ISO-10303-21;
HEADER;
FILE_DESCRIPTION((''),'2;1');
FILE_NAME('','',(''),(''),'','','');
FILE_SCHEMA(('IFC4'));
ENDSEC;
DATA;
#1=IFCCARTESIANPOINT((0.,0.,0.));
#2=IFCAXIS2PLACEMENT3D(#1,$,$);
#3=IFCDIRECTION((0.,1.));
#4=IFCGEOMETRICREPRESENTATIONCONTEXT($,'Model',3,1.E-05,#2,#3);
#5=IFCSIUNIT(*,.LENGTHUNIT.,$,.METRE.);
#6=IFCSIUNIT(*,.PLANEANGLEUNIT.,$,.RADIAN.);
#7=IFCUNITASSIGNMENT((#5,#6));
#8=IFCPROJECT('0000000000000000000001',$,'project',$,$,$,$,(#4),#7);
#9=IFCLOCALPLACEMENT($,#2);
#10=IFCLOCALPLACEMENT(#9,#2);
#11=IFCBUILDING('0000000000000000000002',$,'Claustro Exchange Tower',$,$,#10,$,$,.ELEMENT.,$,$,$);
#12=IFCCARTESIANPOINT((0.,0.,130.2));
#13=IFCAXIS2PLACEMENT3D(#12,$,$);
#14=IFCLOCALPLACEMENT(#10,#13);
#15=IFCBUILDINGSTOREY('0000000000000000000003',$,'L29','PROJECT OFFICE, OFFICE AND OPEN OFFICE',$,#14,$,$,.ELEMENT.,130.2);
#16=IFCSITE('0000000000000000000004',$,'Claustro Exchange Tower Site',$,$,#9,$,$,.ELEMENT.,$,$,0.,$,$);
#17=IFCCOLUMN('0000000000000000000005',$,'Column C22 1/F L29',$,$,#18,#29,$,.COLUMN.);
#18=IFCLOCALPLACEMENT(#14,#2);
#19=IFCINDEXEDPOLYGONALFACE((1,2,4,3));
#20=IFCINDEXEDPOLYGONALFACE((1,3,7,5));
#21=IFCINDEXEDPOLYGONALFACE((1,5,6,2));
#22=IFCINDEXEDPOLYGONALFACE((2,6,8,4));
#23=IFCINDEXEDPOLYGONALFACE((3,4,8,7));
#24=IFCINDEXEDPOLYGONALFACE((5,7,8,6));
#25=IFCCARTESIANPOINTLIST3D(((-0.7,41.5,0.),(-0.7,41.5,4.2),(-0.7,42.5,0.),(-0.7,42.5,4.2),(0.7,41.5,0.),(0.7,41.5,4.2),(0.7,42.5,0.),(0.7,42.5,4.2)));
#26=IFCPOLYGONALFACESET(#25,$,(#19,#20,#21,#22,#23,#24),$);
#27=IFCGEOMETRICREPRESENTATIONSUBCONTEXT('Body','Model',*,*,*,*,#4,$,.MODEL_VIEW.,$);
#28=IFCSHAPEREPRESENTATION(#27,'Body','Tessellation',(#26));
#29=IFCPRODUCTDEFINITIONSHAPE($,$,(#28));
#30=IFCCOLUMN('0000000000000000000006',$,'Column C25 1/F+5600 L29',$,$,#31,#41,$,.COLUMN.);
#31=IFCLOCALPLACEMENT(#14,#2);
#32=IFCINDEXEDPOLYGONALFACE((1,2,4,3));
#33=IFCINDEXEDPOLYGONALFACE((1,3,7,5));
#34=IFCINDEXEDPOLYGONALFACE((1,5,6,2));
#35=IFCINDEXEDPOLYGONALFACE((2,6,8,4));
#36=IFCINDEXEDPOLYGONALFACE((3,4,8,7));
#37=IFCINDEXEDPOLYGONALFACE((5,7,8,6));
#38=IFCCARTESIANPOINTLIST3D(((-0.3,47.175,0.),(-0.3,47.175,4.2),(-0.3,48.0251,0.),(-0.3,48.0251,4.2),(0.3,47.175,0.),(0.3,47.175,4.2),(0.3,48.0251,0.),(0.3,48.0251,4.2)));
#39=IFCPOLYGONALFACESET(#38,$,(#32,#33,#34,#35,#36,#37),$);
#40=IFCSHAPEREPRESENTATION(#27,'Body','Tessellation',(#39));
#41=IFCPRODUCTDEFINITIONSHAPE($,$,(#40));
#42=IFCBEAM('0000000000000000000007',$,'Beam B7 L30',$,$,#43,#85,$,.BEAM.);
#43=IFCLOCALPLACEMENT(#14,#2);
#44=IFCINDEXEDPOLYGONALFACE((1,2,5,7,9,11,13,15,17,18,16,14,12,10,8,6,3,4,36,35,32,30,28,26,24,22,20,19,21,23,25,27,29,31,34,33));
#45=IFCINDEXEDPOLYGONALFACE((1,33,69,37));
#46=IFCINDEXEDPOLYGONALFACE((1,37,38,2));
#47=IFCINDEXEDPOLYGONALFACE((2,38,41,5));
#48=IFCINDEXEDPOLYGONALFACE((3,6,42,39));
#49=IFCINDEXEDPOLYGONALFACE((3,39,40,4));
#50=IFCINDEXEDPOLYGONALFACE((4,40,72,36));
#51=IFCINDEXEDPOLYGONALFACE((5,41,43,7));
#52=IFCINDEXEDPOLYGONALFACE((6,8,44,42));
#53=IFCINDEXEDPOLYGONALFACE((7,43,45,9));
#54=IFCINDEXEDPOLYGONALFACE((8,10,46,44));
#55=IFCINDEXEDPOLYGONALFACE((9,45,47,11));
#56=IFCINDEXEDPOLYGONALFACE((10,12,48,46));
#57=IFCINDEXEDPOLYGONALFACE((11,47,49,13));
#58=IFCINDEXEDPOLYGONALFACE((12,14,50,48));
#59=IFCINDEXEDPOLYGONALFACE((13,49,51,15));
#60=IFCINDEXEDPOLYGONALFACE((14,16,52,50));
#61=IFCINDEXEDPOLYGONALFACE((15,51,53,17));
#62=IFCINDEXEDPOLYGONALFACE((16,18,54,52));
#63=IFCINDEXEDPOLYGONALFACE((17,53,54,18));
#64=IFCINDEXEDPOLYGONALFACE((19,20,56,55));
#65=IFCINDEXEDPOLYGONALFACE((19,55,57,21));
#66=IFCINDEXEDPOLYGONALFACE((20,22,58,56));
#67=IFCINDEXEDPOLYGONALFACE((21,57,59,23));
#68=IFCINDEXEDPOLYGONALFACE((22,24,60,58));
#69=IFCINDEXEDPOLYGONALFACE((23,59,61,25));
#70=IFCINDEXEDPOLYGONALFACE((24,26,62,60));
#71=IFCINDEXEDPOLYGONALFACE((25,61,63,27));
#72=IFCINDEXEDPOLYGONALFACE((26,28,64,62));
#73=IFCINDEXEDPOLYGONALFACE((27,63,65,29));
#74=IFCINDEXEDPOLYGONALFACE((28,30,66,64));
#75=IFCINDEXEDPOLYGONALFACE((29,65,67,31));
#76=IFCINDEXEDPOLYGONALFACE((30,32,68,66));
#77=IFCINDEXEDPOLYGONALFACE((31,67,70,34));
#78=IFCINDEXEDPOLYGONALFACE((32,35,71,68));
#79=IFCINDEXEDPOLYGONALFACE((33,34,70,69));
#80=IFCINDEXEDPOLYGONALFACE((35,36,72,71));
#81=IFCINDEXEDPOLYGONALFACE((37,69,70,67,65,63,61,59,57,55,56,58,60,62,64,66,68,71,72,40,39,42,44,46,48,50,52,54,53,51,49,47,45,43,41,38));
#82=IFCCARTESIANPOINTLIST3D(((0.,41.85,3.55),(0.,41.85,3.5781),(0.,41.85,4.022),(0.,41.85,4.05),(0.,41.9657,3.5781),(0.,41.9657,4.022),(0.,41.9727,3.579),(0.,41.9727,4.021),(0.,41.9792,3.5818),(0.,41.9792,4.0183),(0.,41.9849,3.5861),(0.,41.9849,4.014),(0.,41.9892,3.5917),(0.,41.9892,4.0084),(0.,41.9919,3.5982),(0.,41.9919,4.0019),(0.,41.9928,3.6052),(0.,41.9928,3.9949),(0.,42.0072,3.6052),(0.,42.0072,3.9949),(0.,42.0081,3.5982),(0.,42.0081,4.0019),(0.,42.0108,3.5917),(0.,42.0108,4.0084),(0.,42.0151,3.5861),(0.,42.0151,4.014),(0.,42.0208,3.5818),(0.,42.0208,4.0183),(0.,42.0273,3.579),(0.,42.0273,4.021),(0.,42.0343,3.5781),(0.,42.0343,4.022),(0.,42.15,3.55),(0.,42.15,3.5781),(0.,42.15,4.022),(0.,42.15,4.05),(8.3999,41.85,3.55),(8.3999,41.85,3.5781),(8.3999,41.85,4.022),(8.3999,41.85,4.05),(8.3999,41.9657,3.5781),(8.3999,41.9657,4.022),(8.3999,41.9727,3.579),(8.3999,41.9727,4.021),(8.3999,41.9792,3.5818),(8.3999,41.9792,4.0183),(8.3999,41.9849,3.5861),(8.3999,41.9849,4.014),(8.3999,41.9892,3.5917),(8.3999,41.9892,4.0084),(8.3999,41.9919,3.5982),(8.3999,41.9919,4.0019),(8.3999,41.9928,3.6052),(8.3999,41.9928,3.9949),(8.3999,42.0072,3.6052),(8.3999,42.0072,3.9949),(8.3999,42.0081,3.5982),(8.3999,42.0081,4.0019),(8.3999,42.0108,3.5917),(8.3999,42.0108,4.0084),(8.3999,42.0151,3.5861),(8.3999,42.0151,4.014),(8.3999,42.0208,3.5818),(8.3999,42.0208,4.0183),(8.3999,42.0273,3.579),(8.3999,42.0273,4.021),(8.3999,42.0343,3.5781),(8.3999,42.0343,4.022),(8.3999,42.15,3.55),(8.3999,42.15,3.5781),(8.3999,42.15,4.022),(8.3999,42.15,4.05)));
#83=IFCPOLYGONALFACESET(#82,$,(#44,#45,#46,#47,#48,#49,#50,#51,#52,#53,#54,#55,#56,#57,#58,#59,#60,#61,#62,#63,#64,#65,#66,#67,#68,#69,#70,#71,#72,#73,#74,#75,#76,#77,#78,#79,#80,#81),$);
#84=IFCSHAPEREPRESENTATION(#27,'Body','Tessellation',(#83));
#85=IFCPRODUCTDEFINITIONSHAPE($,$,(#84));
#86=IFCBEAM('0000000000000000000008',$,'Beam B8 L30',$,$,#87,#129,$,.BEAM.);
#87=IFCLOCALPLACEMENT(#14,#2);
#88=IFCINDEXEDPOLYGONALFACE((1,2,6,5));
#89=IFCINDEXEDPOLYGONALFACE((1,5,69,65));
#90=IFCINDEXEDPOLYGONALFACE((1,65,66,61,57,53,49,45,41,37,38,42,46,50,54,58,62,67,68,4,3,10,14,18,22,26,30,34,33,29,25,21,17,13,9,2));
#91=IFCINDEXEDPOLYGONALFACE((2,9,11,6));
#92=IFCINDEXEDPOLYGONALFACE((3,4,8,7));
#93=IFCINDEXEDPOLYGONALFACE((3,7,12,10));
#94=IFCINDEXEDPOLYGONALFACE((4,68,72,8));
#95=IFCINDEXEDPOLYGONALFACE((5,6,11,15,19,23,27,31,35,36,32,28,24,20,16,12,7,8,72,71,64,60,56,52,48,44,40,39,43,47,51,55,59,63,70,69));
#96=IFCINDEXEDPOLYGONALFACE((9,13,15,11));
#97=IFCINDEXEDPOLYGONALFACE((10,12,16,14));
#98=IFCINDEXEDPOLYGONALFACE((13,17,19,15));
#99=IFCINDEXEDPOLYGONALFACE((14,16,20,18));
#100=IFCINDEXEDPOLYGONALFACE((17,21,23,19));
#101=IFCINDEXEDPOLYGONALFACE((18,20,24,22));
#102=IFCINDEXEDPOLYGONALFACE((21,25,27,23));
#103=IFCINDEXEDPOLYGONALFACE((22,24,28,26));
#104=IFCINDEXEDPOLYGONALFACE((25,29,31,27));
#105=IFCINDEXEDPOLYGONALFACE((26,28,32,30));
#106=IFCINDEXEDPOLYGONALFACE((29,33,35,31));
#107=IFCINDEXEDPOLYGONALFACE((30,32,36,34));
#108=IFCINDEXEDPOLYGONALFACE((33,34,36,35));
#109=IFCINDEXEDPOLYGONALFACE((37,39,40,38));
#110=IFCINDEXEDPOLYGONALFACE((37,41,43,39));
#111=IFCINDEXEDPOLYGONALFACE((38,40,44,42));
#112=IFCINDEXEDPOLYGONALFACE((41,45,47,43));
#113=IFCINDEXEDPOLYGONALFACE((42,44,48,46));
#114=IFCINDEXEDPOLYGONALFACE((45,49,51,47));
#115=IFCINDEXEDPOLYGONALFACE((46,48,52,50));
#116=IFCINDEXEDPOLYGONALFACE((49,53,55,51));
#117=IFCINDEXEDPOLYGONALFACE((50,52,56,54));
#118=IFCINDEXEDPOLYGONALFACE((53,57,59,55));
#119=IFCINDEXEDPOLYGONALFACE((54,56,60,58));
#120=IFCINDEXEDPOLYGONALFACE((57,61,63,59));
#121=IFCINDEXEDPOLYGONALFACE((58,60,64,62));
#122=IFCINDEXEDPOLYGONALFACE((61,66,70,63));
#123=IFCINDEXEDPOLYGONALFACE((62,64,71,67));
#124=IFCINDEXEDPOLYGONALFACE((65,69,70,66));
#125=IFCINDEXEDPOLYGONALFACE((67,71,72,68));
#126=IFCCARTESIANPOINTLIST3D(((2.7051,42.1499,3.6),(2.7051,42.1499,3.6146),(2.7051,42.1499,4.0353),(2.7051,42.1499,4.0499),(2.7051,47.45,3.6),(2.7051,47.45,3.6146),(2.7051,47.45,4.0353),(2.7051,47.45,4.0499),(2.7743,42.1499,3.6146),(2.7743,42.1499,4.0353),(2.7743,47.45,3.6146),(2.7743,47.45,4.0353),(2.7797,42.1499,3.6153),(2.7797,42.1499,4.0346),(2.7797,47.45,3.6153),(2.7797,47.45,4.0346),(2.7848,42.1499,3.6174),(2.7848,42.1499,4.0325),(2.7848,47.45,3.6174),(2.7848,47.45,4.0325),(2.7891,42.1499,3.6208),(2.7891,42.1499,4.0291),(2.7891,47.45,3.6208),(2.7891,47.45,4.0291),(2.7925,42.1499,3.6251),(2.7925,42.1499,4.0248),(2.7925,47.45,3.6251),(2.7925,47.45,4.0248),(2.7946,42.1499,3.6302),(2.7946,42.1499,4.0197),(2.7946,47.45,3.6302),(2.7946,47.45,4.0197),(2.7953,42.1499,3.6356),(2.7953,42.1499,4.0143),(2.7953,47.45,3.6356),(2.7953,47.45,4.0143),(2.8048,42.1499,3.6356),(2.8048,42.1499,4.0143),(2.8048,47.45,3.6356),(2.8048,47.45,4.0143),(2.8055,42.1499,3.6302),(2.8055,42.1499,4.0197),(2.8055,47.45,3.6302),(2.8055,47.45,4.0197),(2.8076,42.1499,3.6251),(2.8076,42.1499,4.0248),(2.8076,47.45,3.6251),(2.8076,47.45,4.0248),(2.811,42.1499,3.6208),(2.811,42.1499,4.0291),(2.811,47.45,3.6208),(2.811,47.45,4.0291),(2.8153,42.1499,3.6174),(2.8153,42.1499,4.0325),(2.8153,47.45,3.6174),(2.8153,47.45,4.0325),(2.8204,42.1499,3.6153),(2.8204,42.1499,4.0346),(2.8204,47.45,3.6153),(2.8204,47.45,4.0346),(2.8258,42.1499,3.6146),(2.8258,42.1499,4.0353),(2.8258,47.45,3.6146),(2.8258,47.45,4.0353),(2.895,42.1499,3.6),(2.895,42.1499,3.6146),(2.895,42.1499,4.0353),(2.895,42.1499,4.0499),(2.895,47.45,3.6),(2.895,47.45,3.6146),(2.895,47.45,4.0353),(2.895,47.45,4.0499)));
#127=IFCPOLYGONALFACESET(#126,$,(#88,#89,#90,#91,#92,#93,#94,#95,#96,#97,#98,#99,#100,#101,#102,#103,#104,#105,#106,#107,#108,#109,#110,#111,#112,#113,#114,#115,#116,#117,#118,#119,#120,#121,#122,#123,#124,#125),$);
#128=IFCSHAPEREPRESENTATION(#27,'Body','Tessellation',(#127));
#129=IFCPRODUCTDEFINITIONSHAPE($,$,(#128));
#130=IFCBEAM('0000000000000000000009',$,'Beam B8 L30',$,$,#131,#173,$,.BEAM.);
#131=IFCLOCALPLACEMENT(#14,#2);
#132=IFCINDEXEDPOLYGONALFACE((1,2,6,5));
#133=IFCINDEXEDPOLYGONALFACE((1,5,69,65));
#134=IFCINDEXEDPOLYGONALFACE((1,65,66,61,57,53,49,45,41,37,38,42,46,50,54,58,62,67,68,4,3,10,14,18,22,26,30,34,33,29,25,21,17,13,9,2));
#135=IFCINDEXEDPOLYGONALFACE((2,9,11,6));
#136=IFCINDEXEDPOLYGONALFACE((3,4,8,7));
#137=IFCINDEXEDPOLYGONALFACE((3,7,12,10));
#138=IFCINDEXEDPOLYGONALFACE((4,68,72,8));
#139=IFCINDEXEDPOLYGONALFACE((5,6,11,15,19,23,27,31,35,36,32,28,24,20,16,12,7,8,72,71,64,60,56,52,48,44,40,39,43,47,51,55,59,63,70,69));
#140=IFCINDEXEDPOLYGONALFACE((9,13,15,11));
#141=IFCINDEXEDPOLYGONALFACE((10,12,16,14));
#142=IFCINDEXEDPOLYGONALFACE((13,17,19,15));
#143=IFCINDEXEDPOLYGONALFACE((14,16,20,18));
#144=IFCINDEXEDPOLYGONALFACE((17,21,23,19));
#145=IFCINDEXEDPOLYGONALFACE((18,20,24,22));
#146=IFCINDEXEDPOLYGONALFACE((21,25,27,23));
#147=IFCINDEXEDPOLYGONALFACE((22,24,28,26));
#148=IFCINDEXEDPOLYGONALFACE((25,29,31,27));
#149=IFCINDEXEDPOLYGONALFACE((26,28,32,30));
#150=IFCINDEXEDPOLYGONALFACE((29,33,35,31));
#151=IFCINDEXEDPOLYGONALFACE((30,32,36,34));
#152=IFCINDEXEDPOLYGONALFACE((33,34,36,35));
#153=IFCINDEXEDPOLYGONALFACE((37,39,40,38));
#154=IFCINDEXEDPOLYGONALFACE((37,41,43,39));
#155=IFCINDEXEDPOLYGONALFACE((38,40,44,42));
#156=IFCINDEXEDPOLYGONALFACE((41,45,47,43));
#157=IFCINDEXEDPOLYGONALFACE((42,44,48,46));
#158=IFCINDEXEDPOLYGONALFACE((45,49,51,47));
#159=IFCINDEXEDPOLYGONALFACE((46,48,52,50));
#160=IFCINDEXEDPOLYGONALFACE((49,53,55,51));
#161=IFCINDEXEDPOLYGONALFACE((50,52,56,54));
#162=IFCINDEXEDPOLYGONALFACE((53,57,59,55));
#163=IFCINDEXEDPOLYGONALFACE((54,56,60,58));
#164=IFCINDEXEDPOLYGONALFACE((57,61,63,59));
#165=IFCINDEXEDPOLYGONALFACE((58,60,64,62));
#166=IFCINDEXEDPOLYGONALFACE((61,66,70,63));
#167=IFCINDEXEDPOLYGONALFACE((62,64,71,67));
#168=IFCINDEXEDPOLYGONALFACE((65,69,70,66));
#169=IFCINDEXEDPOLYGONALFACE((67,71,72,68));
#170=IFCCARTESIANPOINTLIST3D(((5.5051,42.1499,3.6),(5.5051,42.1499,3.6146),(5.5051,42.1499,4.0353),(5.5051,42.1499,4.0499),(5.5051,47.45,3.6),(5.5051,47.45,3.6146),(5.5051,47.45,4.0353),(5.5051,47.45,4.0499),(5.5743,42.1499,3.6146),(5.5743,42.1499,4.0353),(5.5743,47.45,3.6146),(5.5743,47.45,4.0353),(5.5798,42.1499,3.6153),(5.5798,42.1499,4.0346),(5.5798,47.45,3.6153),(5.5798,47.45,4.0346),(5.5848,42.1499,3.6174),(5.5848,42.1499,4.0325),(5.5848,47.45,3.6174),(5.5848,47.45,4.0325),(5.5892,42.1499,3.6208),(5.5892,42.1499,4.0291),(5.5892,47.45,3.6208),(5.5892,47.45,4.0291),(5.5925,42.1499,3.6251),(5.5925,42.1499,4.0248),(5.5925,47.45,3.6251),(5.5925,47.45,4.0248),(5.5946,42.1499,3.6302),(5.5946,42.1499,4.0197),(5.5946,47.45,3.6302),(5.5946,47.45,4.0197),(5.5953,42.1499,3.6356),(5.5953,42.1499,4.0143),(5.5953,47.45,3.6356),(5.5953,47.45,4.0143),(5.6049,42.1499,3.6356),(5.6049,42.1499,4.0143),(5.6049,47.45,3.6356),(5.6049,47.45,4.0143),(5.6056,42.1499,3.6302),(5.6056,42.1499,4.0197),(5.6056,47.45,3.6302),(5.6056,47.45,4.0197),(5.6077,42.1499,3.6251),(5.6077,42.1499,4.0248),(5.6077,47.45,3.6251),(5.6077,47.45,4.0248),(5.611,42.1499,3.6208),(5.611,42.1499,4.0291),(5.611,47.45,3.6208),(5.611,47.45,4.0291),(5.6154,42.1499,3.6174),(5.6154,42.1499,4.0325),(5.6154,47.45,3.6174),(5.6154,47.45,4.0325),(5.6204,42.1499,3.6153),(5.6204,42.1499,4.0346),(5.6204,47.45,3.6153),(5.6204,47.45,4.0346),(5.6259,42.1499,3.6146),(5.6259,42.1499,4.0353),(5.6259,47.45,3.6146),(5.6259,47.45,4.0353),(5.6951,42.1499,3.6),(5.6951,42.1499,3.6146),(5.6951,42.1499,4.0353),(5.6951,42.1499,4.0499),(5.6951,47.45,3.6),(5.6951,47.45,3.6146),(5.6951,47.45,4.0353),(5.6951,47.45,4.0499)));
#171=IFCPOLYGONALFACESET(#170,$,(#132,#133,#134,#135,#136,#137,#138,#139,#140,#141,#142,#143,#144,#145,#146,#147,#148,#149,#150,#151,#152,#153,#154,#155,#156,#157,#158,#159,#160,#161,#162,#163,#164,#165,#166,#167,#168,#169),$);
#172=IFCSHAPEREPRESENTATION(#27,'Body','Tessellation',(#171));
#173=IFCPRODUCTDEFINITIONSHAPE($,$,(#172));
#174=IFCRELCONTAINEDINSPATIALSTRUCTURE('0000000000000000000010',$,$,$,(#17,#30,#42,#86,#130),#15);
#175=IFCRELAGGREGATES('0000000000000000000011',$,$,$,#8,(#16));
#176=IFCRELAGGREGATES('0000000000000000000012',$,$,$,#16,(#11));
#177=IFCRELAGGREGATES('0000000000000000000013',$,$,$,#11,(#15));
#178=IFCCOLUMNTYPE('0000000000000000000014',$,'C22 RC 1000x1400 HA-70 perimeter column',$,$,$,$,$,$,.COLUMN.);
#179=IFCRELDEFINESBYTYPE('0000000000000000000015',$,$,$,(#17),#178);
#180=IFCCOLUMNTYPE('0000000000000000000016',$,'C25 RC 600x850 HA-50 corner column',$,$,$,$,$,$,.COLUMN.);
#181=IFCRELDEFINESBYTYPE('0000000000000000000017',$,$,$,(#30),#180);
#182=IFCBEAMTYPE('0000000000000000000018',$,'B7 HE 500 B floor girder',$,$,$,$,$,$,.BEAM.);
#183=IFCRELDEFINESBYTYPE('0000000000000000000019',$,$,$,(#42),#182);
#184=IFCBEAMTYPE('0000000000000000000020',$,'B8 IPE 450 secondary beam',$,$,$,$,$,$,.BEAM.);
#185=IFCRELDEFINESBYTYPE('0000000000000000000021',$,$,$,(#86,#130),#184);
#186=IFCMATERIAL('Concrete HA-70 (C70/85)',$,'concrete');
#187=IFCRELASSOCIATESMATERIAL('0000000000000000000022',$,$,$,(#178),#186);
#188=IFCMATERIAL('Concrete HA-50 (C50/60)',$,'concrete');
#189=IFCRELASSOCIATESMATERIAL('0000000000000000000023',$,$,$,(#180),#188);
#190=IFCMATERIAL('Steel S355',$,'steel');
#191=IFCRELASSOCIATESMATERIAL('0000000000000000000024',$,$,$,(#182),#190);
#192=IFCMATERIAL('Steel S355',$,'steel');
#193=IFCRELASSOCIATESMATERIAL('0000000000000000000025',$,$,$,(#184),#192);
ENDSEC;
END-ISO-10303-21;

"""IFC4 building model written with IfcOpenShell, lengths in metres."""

from ifc_helpers import new_model, si_unit, direction, frame, origin, origin_2d, place, context, subcontext, project, spatial, rectangle, i_section, extrude, material, material_profile, profile_set, type_object, element, save


model = new_model("IFC4")

# Units and contexts
model_context = context("Model", 3, precision=1e-05, world=origin(), true_north=direction((0.0, 1.0)))
body_context = subcontext(model_context, "Body", "Model", "MODEL_VIEW")
ifc_project = project(units=[si_unit("LENGTHUNIT", "METRE"), si_unit("PLANEANGLEUNIT", "RADIAN")], contexts=[model_context])

# Site, building, storey
site_placement = place(None, origin())
site = spatial("IfcSite", under=ifc_project, at=site_placement, Name="Claustro Exchange Tower Site", CompositionType="ELEMENT", RefElevation=0.0)
building_placement = place(site_placement, origin())
building = spatial("IfcBuilding", under=site, at=building_placement, Name="Claustro Exchange Tower", CompositionType="ELEMENT")
storey_placement = place(building_placement, frame((0.0, 0.0, 130.2)))
storey = spatial("IfcBuildingStorey", under=building, at=storey_placement, Name="L29", Description="PROJECT OFFICE, OFFICE AND OPEN OFFICE", CompositionType="ELEMENT", Elevation=130.2)

# Columns
ifc_material_1 = material(Name="Concrete HA-70 (C70/85)", Category="concrete")
ifc_material_profile_1 = material_profile(ifc_material_1, rectangle(XDim=1.0, YDim=1.3999, at=origin_2d()), Name="RC 1000x1400")
ifc_profile_set_1 = profile_set([ifc_material_profile_1], Name="Concrete HA-70 (C70/85)")
column_type_1 = type_object("IfcColumnType", Name="C22 RC 1000x1400 HA-70 perimeter column", PredefinedType="COLUMN", material=ifc_profile_set_1)
column_1_placement = place(storey_placement, frame((0.0, 42.0, 0.0), z_axis=(0.0, 0.0, 1.0), x_axis=(0.0, 1.0, 0.0)))
element("IfcColumn", 1, at=column_1_placement, inside=storey, type_object=column_type_1, Name="Column C22 1/F L29", PredefinedType="COLUMN", context=body_context, shape_type="SweptSolid", body=[
    extrude(rectangle(XDim=1.0, YDim=1.3999, at=origin_2d()), origin(), (0.0, 0.0, 1.0), 4.2),
])
ifc_material_2 = material(Name="Concrete HA-50 (C50/60)", Category="concrete")
ifc_material_profile_2 = material_profile(ifc_material_2, rectangle(XDim=0.6001, YDim=0.8501, at=origin_2d()), Name="RC 600x850")
ifc_profile_set_2 = profile_set([ifc_material_profile_2], Name="Concrete HA-50 (C50/60)")
column_type_2 = type_object("IfcColumnType", Name="C25 RC 600x850 HA-50 corner column", PredefinedType="COLUMN", material=ifc_profile_set_2)
column_2_placement = place(storey_placement, frame((0.0, 47.6001, 0.0), z_axis=(0.0, 0.0, 1.0), x_axis=(1.0, 0.0, 0.0)))
element("IfcColumn", 2, at=column_2_placement, inside=storey, type_object=column_type_2, Name="Column C25 1/F+5600 L29", PredefinedType="COLUMN", context=body_context, shape_type="SweptSolid", body=[
    extrude(rectangle(XDim=0.6001, YDim=0.8501, at=origin_2d()), origin(), (0.0, 0.0, 1.0), 4.2),
])

# Beams
ifc_material_3 = material(Name="Steel S355", Category="steel")
ifc_material_profile_3 = material_profile(ifc_material_3, i_section(OverallWidth=0.3, OverallDepth=0.5, WebThickness=0.0144, FlangeThickness=0.0281, FilletRadius=0.0271, at=origin_2d()), Name="HE 500 B")
ifc_profile_set_3 = profile_set([ifc_material_profile_3], Name="Steel S355")
beam_type_1 = type_object("IfcBeamType", Name="B7 HE 500 B floor girder", PredefinedType="BEAM", material=ifc_profile_set_3)
beam_1_placement = place(storey_placement, frame((0.0, 42.0, 3.8), z_axis=(1.0, 0.0, 0.0), x_axis=(0.0, 1.0, 0.0)))
element("IfcBeam", 3, at=beam_1_placement, inside=storey, type_object=beam_type_1, Name="Beam B7 L30", PredefinedType="BEAM", context=body_context, shape_type="SweptSolid", body=[
    extrude(i_section(OverallWidth=0.3, OverallDepth=0.5, WebThickness=0.0144, FlangeThickness=0.0281, FilletRadius=0.0271, at=origin_2d()), origin(), (0.0, 0.0, 1.0), 8.3999),
])
ifc_material_4 = material(Name="Steel S355", Category="steel")
ifc_material_profile_4 = material_profile(ifc_material_4, i_section(OverallWidth=0.1899, OverallDepth=0.45, WebThickness=0.0095, FlangeThickness=0.0146, FilletRadius=0.021, at=origin_2d()), Name="IPE 450")
ifc_profile_set_4 = profile_set([ifc_material_profile_4], Name="Steel S355")
beam_type_2 = type_object("IfcBeamType", Name="B8 IPE 450 secondary beam", PredefinedType="BEAM", material=ifc_profile_set_4)
for number, where, z_axis, x_axis, name in (
    (4, (2.8, 42.1499, 3.825), (0.0, 1.0, 0.0), (-1.0, 0.0, 0.0), "Beam B8 L30"),
    (5, (5.6001, 42.1499, 3.825), (0.0, 1.0, 0.0), (-1.0, 0.0, 0.0), "Beam B8 L30"),
):
    element("IfcBeam", number, at=place(storey_placement, frame(where, z_axis=z_axis, x_axis=x_axis)), inside=storey, type_object=beam_type_2, Name=name, PredefinedType="BEAM", context=body_context, shape_type="SweptSolid", body=[
        extrude(i_section(OverallWidth=0.1899, OverallDepth=0.45, WebThickness=0.0095, FlangeThickness=0.0146, FilletRadius=0.021, at=origin_2d()), origin(), (0.0, 0.0, 1.0), 5.3),
    ])

save(model, "model.ifc")
